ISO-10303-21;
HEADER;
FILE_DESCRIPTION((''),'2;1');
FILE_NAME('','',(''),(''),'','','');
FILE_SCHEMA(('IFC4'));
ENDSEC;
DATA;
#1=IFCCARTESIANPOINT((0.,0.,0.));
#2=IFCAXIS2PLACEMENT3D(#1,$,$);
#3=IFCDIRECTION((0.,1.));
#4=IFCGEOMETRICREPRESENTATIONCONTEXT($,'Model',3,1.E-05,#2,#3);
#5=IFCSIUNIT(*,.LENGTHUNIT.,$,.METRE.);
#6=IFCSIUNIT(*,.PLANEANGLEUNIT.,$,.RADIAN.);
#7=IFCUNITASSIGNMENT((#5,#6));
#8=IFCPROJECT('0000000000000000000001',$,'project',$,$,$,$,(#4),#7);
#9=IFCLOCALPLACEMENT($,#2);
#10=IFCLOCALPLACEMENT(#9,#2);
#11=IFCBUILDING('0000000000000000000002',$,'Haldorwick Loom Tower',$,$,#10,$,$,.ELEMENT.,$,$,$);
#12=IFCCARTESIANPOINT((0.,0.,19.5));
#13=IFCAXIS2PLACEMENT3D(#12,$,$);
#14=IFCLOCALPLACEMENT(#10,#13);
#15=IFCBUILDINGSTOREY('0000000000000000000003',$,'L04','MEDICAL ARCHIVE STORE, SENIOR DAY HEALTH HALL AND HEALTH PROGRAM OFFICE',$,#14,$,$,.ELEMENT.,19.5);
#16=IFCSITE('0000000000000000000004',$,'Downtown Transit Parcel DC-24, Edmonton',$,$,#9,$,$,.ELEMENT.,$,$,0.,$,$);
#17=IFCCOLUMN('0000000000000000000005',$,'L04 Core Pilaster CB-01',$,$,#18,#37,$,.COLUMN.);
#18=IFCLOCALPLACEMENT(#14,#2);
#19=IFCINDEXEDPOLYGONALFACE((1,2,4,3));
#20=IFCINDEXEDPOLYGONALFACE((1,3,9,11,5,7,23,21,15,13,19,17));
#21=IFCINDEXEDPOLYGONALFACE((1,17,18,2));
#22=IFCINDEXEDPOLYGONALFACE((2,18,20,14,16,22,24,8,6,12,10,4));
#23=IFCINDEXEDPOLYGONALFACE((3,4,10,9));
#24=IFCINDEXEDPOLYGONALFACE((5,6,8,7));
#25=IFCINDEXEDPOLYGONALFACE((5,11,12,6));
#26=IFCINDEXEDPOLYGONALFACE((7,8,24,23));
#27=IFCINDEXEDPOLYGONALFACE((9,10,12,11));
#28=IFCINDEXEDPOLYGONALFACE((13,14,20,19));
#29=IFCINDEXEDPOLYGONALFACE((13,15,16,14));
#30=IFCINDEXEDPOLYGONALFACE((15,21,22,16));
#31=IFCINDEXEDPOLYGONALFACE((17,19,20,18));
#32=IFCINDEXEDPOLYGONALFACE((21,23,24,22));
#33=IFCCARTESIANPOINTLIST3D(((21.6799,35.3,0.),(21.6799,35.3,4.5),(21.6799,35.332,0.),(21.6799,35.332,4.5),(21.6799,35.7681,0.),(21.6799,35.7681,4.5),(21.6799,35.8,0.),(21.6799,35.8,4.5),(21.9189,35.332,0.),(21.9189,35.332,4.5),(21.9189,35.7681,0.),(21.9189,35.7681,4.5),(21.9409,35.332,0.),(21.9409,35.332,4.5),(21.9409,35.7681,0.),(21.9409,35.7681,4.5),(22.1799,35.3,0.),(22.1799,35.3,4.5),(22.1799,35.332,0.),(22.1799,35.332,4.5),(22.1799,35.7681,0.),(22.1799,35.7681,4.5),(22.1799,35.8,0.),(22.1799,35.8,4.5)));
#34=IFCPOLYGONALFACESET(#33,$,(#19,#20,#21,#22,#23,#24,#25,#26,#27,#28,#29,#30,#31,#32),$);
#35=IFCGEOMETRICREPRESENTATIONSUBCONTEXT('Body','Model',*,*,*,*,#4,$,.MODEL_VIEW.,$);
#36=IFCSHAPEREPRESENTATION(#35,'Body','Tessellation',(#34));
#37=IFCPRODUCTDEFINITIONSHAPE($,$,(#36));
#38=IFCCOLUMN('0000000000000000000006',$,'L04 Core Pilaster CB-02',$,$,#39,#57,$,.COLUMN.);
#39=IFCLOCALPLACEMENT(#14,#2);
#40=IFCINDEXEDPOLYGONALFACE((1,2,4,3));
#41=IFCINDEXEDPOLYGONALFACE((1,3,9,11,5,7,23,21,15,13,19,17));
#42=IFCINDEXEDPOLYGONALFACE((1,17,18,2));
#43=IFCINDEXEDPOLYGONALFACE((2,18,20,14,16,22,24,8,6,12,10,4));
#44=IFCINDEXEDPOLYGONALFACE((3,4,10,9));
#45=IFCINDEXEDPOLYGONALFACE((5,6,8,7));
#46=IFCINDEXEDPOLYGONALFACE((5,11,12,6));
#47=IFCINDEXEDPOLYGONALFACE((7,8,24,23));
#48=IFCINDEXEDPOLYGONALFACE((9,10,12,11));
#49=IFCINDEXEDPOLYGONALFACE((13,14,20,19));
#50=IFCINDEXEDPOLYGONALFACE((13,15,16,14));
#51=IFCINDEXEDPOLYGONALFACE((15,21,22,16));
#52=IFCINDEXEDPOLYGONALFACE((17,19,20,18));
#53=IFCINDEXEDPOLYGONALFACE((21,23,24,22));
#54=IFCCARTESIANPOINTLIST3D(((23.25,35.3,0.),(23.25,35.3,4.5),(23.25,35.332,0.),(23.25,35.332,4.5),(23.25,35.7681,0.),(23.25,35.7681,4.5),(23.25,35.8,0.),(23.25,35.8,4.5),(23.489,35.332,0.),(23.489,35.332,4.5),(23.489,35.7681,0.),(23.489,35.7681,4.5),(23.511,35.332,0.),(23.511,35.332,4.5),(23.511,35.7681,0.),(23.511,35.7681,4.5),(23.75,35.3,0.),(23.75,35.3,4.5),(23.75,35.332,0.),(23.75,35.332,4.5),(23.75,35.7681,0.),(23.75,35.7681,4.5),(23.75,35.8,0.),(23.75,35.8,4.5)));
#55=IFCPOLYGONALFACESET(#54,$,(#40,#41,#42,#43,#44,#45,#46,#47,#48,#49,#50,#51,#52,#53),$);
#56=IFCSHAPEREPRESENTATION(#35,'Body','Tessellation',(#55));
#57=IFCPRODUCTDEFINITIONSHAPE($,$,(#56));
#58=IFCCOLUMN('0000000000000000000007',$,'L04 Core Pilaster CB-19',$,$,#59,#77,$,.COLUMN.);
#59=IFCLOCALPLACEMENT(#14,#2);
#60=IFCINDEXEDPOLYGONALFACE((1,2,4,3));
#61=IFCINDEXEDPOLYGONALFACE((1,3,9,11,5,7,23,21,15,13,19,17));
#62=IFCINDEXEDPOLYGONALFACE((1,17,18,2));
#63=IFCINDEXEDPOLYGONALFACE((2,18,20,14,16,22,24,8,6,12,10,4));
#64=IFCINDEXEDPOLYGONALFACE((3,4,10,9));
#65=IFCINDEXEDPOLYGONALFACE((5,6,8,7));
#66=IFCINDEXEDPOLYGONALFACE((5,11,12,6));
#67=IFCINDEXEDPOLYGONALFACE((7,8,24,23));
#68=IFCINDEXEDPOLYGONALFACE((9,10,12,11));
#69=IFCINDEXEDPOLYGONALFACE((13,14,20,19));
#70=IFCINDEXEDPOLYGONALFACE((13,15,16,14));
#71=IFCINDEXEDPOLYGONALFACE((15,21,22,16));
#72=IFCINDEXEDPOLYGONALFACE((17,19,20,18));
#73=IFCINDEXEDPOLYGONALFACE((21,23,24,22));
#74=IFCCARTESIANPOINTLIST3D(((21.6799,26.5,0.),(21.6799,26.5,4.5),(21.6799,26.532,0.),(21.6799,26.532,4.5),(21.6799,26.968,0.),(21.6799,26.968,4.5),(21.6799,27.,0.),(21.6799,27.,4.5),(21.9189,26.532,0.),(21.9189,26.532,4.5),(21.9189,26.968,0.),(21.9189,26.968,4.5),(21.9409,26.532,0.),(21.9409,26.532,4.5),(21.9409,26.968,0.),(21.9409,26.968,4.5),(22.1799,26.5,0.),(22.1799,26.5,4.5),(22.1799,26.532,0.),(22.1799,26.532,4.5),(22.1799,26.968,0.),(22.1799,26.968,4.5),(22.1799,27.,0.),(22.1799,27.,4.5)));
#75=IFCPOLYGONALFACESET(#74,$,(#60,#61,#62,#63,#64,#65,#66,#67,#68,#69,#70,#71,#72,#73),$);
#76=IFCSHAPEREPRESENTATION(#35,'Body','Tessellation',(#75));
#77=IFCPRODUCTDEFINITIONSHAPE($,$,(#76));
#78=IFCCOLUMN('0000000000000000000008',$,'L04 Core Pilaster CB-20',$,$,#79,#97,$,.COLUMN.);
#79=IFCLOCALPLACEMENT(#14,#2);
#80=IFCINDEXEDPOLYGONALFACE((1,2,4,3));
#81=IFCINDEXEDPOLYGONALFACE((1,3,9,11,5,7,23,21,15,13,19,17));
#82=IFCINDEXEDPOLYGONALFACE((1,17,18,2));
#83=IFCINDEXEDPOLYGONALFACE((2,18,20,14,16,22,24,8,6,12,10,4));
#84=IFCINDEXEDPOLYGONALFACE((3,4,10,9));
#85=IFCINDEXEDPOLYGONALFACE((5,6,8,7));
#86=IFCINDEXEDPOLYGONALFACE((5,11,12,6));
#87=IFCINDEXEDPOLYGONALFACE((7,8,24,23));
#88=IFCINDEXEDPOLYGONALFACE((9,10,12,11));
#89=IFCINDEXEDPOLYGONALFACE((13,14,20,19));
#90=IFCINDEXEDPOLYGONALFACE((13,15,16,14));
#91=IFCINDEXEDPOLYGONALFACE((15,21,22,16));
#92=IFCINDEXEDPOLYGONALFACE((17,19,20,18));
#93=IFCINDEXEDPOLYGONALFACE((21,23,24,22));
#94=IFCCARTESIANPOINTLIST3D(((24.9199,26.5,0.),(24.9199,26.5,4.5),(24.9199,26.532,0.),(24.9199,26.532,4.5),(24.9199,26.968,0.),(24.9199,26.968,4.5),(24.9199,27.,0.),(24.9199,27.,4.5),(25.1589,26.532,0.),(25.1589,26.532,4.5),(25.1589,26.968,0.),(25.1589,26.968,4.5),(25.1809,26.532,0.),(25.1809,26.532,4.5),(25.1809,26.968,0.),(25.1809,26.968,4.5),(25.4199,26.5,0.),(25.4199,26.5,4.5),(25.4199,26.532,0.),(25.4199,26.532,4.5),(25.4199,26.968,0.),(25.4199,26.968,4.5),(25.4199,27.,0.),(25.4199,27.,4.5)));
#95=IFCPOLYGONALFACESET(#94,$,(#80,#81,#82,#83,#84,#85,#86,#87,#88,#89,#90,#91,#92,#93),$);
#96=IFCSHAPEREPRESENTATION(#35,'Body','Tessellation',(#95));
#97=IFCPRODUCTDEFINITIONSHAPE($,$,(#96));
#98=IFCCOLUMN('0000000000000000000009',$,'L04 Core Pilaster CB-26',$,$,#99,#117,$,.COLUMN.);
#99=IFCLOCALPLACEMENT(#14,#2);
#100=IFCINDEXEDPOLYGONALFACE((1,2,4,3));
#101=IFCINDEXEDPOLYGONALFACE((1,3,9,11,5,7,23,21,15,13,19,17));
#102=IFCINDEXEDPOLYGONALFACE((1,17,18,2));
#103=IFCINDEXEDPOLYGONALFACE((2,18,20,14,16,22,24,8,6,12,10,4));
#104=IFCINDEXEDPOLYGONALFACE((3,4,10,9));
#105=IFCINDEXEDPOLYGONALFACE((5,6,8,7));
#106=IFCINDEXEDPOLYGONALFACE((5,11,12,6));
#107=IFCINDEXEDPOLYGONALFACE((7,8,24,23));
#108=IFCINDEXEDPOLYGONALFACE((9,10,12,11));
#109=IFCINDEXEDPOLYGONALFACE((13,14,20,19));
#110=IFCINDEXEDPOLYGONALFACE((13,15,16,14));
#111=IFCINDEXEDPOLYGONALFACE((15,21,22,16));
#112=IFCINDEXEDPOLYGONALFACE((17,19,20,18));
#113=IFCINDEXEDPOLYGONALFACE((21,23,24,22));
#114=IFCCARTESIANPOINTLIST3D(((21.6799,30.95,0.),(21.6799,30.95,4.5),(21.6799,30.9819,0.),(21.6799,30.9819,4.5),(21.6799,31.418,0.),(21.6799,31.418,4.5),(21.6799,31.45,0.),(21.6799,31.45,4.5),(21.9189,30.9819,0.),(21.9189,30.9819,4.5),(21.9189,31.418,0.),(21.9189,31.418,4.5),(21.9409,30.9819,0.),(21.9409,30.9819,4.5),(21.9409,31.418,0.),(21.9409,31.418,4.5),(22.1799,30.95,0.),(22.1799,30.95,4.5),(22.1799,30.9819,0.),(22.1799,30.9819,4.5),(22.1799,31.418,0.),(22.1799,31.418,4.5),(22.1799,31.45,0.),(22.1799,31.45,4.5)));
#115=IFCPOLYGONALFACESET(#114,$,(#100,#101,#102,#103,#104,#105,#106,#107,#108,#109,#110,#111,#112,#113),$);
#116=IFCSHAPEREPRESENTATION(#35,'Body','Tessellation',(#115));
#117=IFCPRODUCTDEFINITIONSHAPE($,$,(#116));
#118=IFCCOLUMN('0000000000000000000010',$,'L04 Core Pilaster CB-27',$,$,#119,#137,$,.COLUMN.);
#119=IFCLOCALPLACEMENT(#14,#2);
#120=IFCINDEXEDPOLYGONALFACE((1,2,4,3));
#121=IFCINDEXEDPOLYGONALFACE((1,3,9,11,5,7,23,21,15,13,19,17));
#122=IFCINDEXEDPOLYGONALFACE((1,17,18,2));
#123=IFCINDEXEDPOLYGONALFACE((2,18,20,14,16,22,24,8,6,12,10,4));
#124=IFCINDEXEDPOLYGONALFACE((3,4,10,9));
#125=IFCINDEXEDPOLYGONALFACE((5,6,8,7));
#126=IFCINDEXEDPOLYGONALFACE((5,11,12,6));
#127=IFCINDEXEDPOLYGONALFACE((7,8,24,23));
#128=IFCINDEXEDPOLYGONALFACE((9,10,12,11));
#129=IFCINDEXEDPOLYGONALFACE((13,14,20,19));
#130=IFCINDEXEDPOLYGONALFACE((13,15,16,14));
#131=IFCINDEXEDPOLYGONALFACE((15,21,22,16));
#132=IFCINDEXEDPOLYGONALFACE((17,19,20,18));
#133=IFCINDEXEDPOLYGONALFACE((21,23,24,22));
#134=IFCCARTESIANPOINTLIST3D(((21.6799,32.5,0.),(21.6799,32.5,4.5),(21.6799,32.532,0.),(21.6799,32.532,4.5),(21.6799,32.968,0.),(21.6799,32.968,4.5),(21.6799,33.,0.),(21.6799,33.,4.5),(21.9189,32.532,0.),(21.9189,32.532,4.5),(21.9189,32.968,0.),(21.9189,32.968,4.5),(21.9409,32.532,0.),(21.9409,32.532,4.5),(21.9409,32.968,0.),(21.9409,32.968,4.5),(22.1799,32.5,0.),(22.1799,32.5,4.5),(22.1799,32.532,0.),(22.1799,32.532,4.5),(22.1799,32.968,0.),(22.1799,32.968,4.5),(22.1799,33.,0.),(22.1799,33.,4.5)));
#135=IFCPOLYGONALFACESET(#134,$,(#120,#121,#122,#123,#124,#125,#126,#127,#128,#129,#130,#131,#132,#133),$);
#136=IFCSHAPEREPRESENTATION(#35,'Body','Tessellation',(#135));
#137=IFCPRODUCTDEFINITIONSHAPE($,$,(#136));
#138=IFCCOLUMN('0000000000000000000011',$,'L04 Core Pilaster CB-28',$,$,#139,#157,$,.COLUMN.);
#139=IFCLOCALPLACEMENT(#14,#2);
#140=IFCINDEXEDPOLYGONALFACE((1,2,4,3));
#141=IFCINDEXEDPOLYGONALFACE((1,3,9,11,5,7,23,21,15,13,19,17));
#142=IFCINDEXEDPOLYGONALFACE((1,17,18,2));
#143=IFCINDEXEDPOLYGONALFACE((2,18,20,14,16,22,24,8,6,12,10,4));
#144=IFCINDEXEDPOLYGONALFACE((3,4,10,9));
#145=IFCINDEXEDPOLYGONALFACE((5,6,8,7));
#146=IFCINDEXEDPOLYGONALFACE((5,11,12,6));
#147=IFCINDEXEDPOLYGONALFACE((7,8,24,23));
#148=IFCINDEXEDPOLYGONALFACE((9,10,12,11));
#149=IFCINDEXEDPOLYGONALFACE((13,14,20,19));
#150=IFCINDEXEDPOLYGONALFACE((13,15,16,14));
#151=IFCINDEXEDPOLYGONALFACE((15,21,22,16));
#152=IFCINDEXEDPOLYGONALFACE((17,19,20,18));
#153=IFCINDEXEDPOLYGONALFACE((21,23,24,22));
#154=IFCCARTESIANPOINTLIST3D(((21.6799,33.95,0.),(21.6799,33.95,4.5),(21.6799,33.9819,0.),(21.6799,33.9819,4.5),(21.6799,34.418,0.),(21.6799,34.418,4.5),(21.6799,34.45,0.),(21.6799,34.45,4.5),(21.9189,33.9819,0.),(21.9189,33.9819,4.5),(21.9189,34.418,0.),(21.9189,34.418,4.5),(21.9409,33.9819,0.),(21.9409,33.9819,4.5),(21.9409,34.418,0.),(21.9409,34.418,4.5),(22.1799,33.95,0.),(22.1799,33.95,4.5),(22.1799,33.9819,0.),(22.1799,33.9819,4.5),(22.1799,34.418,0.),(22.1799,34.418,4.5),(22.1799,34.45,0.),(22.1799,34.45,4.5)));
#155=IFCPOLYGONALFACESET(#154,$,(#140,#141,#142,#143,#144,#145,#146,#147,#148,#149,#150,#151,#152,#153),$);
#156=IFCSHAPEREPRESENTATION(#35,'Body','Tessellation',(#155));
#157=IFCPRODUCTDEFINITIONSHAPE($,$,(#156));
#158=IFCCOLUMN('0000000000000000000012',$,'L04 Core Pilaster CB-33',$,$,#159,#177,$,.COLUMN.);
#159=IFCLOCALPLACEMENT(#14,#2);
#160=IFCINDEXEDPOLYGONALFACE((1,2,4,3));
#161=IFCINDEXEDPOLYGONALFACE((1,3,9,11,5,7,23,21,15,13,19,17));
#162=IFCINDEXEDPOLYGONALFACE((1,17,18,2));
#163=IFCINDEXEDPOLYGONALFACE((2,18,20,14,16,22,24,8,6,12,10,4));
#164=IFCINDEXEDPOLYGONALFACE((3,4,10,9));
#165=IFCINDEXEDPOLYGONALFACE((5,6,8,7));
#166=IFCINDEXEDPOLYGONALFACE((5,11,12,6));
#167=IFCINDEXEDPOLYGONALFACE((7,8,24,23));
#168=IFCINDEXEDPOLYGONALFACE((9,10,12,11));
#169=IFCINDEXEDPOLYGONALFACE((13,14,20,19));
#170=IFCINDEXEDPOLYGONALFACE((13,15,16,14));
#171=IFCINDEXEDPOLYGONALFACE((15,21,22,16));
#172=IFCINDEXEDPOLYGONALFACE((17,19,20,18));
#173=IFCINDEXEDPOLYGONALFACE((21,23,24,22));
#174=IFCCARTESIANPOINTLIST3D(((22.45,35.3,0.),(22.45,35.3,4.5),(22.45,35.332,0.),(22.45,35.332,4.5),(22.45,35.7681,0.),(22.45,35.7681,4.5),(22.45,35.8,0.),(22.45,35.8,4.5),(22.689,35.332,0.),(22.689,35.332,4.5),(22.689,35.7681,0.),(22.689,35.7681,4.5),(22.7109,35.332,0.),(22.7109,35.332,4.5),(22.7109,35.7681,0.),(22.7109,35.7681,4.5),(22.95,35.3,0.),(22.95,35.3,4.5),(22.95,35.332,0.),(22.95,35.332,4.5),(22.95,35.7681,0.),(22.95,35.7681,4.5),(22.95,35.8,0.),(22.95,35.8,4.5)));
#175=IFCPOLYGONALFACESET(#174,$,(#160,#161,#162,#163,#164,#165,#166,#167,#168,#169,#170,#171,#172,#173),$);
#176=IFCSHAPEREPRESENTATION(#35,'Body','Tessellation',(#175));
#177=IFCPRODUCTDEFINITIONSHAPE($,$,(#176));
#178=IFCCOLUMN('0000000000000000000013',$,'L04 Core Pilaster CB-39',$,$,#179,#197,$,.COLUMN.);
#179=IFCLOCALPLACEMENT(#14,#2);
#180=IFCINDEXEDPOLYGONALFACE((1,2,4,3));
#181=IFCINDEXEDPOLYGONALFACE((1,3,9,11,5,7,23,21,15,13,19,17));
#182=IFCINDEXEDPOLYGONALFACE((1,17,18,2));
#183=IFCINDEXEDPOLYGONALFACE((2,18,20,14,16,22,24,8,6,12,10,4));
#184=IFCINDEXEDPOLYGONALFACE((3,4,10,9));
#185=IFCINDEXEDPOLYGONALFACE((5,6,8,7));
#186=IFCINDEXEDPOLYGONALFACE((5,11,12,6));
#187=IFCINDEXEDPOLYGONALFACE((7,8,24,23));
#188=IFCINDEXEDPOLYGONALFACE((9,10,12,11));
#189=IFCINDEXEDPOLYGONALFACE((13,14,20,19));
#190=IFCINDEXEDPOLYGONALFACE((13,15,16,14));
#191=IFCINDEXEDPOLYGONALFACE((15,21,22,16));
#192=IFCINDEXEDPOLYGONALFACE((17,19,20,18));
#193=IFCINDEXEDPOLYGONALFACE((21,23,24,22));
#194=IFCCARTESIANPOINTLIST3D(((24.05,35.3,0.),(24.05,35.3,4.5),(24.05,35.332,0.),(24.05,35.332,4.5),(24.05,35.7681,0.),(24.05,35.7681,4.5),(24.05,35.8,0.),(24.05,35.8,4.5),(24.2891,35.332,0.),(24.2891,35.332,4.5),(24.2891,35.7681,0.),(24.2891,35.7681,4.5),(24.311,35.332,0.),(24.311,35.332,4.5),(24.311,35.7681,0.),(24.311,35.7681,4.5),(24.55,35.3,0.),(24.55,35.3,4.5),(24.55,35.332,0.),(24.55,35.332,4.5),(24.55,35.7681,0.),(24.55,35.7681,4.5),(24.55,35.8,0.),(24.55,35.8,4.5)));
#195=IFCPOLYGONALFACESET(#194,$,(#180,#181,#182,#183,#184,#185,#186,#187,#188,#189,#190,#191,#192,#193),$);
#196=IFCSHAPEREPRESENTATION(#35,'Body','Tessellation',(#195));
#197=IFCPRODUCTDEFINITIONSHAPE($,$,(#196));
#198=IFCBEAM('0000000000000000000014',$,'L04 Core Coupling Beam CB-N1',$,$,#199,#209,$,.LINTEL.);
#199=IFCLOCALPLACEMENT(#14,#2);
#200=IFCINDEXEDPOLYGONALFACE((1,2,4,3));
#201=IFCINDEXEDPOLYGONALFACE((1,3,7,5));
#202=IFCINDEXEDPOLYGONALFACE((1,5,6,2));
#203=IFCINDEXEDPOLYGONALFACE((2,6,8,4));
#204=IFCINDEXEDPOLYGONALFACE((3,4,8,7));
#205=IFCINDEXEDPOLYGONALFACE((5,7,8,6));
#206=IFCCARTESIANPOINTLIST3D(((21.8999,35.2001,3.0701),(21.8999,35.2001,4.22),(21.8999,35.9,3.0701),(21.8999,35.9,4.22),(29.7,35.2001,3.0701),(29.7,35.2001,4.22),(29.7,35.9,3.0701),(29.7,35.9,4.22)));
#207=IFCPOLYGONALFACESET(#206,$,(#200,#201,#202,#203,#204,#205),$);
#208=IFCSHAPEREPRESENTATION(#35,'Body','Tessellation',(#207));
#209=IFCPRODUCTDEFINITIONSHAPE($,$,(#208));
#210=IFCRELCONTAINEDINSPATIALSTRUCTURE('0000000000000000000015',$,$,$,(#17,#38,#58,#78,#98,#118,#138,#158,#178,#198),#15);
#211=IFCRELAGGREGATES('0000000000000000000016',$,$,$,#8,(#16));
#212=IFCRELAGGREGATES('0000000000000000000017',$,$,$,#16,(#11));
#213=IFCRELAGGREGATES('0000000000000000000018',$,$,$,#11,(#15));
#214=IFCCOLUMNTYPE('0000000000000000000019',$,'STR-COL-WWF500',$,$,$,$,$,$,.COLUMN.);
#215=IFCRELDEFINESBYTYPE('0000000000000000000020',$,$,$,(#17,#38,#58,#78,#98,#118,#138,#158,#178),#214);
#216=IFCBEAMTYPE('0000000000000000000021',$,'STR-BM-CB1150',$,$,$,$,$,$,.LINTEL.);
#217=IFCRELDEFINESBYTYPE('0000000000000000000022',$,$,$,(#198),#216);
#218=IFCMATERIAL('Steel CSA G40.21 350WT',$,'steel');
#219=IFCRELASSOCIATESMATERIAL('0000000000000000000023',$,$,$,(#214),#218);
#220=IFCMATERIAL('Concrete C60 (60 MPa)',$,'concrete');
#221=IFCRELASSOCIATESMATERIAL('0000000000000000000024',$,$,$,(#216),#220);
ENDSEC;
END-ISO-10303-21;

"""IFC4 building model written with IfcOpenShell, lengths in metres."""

from ifc_helpers import new_model, si_unit, direction, frame, origin, origin_2d, place, context, subcontext, project, spatial, rectangle, i_section, extrude, material, material_profile, profile_set, type_object, element, save


model = new_model("IFC4")

# Units and contexts
model_context = context("Model", 3, precision=1e-05, world=origin(), true_north=direction((0.0, 1.0)))
body_context = subcontext(model_context, "Body", "Model", "MODEL_VIEW")
ifc_project = project(units=[si_unit("LENGTHUNIT", "METRE"), si_unit("PLANEANGLEUNIT", "RADIAN")], contexts=[model_context])

# Site, building, storey
site_placement = place(None, origin())
site = spatial("IfcSite", under=ifc_project, at=site_placement, Name="Downtown Transit Parcel DC-24, Edmonton", CompositionType="ELEMENT", RefElevation=0.0)
building_placement = place(site_placement, origin())
building = spatial("IfcBuilding", under=site, at=building_placement, Name="Haldorwick Loom Tower", CompositionType="ELEMENT")
storey_placement = place(building_placement, frame((0.0, 0.0, 19.5)))
storey = spatial("IfcBuildingStorey", under=building, at=storey_placement, Name="L04", Description="MEDICAL ARCHIVE STORE, SENIOR DAY HEALTH HALL AND HEALTH PROGRAM OFFICE", CompositionType="ELEMENT", Elevation=19.5)

# Columns
ifc_material_1 = material(Name="Steel CSA G40.21 350WT", Category="steel")
ifc_material_profile_1 = material_profile(ifc_material_1, i_section(OverallWidth=0.5, OverallDepth=0.5, WebThickness=0.022, FlangeThickness=0.032, at=origin_2d()), Name="WWF500X500", Category="steel")
ifc_profile_set_1 = profile_set([ifc_material_profile_1], Name="Steel CSA G40.21 350WT")
column_type = type_object("IfcColumnType", Name="STR-COL-WWF500", PredefinedType="COLUMN", material=ifc_profile_set_1)
for number, where, z_axis, x_axis, name in (
    (1, (21.9299, 35.55, 0.0), (0.0, 0.0, 1.0), (1.0, 0.0, 0.0), "L04 Core Pilaster CB-01"),
    (2, (23.5, 35.55, 0.0), (0.0, 0.0, 1.0), (1.0, 0.0, 0.0), "L04 Core Pilaster CB-02"),
    (3, (21.9299, 26.75, 0.0), (0.0, 0.0, 1.0), (1.0, 0.0, 0.0), "L04 Core Pilaster CB-19"),
    (4, (25.1699, 26.75, 0.0), (0.0, 0.0, 1.0), (1.0, 0.0, 0.0), "L04 Core Pilaster CB-20"),
    (5, (21.9299, 31.2, 0.0), (0.0, 0.0, 1.0), (1.0, 0.0, 0.0), "L04 Core Pilaster CB-26"),
    (6, (21.9299, 32.75, 0.0), (0.0, 0.0, 1.0), (1.0, 0.0, 0.0), "L04 Core Pilaster CB-27"),
    (7, (21.9299, 34.2, 0.0), (0.0, 0.0, 1.0), (1.0, 0.0, 0.0), "L04 Core Pilaster CB-28"),
    (8, (22.7, 35.55, 0.0), (0.0, 0.0, 1.0), (1.0, 0.0, 0.0), "L04 Core Pilaster CB-33"),
    (9, (24.3, 35.55, 0.0), (0.0, 0.0, 1.0), (1.0, 0.0, 0.0), "L04 Core Pilaster CB-39"),
):
    element("IfcColumn", number, at=place(storey_placement, frame(where, z_axis=z_axis, x_axis=x_axis)), inside=storey, type_object=column_type, Name=name, PredefinedType="COLUMN", context=body_context, shape_type="SweptSolid", body=[
        extrude(i_section(OverallWidth=0.5, OverallDepth=0.5, WebThickness=0.022, FlangeThickness=0.032, at=origin_2d()), origin(), (0.0, 0.0, 1.0), 4.5),
    ])

# Beam
ifc_material_2 = material(Name="Concrete C60 (60 MPa)", Category="concrete")
ifc_material_profile_2 = material_profile(ifc_material_2, rectangle(XDim=0.7, YDim=1.1499, at=origin_2d()), Name="RC700X1150", Category="concrete")
ifc_profile_set_2 = profile_set([ifc_material_profile_2], Name="Concrete C60 (60 MPa)")
beam_type_1 = type_object("IfcBeamType", Name="STR-BM-CB1150", PredefinedType="LINTEL", material=ifc_profile_set_2)
beam_placement = place(storey_placement, frame((21.8999, 35.55, 3.645), z_axis=(1.0, 0.0, 0.0), x_axis=(0.0, 1.0, 0.0)))
element("IfcBeam", 10, at=beam_placement, inside=storey, type_object=beam_type_1, Name="L04 Core Coupling Beam CB-N1", PredefinedType="LINTEL", context=body_context, shape_type="SweptSolid", body=[
    extrude(rectangle(XDim=0.7, YDim=1.1499, at=origin_2d()), origin(), (0.0, 0.0, 1.0), 7.8),
])

save(model, "model.ifc")
